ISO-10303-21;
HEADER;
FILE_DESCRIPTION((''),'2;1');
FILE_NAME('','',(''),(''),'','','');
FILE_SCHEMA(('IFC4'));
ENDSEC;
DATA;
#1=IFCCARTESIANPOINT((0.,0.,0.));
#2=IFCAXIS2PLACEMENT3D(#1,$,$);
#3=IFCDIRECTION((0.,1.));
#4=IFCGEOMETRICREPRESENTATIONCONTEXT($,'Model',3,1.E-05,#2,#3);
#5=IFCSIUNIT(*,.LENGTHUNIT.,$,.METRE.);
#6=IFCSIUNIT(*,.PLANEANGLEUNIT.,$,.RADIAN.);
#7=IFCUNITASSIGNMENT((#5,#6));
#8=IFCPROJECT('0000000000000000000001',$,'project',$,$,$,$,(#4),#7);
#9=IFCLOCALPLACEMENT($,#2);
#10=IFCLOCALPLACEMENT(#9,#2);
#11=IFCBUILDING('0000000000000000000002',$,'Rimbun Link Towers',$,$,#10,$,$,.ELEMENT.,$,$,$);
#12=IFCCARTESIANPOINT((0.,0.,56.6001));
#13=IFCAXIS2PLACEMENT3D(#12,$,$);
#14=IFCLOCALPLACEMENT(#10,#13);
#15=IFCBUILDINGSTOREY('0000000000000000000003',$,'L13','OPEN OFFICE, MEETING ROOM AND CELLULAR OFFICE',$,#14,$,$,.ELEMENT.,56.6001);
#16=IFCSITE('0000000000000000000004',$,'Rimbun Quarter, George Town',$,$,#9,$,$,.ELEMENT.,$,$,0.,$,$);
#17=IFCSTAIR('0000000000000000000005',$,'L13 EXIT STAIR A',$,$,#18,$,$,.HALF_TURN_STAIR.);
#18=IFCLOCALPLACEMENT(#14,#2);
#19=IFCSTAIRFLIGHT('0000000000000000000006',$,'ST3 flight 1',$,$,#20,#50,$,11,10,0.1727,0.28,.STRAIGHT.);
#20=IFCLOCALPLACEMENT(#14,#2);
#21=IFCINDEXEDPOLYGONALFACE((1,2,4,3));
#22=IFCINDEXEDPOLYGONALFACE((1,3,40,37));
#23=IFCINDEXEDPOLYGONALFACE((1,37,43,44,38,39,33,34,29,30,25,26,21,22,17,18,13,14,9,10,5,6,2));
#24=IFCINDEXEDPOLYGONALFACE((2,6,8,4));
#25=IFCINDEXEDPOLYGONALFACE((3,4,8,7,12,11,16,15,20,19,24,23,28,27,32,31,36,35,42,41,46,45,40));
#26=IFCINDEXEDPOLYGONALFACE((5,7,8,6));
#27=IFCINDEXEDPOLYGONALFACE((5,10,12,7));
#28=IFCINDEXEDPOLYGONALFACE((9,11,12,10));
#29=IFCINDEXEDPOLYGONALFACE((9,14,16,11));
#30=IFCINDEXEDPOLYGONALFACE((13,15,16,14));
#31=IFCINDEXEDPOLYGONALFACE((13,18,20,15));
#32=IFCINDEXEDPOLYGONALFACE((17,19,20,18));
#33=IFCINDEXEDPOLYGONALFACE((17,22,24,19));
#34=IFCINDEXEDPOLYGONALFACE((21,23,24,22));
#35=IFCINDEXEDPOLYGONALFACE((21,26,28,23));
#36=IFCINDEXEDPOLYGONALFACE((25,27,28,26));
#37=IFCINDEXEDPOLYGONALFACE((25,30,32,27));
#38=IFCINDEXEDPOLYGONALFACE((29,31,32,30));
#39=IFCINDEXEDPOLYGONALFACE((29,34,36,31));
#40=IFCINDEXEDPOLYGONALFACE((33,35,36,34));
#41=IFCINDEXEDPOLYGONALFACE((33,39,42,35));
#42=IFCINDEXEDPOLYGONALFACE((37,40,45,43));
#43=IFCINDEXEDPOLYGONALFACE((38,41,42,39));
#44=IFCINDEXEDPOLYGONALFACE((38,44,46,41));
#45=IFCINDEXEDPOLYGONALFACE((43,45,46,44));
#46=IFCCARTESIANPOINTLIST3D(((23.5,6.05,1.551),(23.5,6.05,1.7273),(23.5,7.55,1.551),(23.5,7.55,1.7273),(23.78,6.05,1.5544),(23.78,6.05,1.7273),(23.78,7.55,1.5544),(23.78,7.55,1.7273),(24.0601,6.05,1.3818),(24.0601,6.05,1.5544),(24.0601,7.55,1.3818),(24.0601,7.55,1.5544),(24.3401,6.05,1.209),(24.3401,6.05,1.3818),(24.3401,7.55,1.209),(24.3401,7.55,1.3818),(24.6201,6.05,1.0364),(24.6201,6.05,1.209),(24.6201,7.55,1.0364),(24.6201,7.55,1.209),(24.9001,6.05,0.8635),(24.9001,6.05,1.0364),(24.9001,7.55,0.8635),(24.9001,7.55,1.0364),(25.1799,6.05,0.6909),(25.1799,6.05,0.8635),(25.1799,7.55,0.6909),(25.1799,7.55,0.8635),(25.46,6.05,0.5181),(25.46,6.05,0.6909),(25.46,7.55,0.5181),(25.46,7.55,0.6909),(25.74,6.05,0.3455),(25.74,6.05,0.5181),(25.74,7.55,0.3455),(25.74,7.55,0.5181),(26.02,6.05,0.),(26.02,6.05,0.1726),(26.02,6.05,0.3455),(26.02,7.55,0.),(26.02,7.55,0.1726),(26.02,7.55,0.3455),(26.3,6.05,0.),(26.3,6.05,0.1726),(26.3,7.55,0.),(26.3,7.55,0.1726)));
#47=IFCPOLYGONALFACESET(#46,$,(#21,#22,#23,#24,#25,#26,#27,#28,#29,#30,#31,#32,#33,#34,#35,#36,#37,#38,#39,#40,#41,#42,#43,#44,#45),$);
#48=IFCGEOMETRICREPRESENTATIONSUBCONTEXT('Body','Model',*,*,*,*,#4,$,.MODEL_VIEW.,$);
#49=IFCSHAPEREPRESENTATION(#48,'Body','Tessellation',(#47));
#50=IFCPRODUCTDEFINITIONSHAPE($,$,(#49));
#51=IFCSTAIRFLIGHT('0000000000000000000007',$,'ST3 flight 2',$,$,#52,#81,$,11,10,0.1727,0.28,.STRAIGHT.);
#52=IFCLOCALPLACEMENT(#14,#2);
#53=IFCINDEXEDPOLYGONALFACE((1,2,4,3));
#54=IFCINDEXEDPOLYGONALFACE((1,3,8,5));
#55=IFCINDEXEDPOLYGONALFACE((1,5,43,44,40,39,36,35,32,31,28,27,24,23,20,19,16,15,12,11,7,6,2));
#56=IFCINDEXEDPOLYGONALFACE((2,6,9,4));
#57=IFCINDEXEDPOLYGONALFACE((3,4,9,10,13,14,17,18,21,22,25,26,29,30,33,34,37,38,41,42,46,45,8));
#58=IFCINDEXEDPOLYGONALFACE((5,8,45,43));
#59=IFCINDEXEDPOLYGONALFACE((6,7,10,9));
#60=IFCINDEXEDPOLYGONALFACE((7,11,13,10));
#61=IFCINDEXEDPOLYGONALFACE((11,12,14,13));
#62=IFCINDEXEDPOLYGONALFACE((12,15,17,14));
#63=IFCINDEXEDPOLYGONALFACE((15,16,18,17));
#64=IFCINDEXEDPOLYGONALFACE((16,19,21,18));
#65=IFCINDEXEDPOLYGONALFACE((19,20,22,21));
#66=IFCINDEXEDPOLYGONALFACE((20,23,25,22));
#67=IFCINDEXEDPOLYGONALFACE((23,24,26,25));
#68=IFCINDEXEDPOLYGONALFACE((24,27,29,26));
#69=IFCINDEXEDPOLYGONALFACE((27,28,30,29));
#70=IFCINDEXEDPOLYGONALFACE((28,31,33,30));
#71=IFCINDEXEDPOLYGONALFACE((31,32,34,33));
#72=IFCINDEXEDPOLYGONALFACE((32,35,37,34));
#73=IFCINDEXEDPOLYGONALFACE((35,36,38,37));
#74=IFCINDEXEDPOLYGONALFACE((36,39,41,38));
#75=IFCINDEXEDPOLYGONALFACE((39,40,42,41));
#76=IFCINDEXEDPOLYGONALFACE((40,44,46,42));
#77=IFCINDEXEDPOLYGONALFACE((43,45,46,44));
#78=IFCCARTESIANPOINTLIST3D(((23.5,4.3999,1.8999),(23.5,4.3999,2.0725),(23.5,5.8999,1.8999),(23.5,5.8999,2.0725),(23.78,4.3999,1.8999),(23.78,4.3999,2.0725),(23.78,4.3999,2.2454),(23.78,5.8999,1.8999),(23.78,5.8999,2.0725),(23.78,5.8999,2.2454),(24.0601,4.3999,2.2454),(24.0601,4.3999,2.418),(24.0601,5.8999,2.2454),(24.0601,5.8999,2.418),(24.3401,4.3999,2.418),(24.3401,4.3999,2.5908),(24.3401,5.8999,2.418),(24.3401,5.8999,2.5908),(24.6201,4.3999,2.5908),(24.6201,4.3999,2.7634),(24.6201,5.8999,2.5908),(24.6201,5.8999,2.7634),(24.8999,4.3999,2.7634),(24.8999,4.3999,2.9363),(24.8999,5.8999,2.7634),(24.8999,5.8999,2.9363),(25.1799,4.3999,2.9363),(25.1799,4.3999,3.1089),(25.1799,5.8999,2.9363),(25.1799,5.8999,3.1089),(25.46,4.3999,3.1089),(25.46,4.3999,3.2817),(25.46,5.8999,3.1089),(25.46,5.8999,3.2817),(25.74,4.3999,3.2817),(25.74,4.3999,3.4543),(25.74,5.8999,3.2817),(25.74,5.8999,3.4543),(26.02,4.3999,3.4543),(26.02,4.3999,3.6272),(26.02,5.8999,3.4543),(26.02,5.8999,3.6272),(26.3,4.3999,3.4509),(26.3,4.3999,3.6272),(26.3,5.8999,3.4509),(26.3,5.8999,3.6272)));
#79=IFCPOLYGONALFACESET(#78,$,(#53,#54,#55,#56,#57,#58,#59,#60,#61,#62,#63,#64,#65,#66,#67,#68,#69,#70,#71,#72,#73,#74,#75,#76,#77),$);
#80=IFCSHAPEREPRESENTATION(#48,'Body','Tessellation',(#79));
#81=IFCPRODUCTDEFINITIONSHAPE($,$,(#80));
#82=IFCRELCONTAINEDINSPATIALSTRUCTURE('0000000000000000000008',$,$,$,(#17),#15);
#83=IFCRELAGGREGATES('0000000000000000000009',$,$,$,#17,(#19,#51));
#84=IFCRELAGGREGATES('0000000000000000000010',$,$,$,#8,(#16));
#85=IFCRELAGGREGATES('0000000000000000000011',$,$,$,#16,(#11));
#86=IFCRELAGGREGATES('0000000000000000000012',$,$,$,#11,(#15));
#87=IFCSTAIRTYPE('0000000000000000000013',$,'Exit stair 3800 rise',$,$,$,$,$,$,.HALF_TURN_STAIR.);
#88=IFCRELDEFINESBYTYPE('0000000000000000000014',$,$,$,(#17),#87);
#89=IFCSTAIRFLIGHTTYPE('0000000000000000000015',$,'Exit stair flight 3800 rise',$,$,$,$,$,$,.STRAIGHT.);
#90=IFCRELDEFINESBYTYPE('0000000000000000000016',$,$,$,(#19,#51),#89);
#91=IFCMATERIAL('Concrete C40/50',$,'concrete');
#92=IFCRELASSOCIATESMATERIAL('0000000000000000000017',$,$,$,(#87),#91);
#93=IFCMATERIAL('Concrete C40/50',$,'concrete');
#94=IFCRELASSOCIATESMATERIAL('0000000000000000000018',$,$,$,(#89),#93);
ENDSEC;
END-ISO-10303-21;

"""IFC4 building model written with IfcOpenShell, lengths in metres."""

from ifc_helpers import new_model, si_unit, direction, frame, origin, place, context, subcontext, project, spatial, polyline, outline, extrude, material, type_object, element, aggregate, save


model = new_model("IFC4")

# Units and contexts
model_context = context("Model", 3, precision=1e-05, world=origin(), true_north=direction((0.0, 1.0)))
body_context = subcontext(model_context, "Body", "Model", "MODEL_VIEW")
ifc_project = project(units=[si_unit("LENGTHUNIT", "METRE"), si_unit("PLANEANGLEUNIT", "RADIAN")], contexts=[model_context])

# Site, building, storey
site_placement = place(None, origin())
site = spatial("IfcSite", under=ifc_project, at=site_placement, Name="Rimbun Quarter, George Town", CompositionType="ELEMENT", RefElevation=0.0)
building_placement = place(site_placement, origin())
building = spatial("IfcBuilding", under=site, at=building_placement, Name="Rimbun Link Towers", CompositionType="ELEMENT")
storey_placement = place(building_placement, frame((0.0, 0.0, 56.6001)))
storey = spatial("IfcBuildingStorey", under=building, at=storey_placement, Name="L13", Description="OPEN OFFICE, MEETING ROOM AND CELLULAR OFFICE", CompositionType="ELEMENT", Elevation=56.6001)

# Stair, stair flights
ifc_material_1 = material(Name="Concrete C40/50", Category="concrete")
stair_type = type_object("IfcStairType", Name="Exit stair 3800 rise", PredefinedType="HALF_TURN_STAIR", material=ifc_material_1)
stair_placement = place(storey_placement, origin())
stair = element("IfcStair", 1, at=stair_placement, inside=storey, type_object=stair_type, Name="L13 EXIT STAIR A", PredefinedType="HALF_TURN_STAIR")
ifc_material_2 = material(Name="Concrete C40/50", Category="concrete")
stair_flight_type = type_object("IfcStairFlightType", Name="Exit stair flight 3800 rise", PredefinedType="STRAIGHT", material=ifc_material_2)
stair_flight_1_placement = place(storey_placement, frame((26.3, 6.8, 0.0), z_axis=(0.0, 0.0, 1.0), x_axis=(-1.0, 0.0, 0.0)))
stair_flight_1 = element("IfcStairFlight", 2, at=stair_flight_1_placement, type_object=stair_flight_type, Name="ST3 flight 1", NumberOfRisers=11, NumberOfTreads=10, PredefinedType="STRAIGHT", RiserHeight=0.1727, TreadLength=0.28, context=body_context, shape_type="SweptSolid", body=[
    extrude(outline(polyline([(0.0, 0.0), (0.0, 0.1726), (0.28, 0.1726), (0.28, 0.3455), (0.5601, 0.3455), (0.5601, 0.5181), (0.8401, 0.5181), (0.8401, 0.6909), (1.1201, 0.6909), (1.1201, 0.8635), (1.3999, 0.8635), (1.3999, 1.0364), (1.6799, 1.0364), (1.6799, 1.209), (1.96, 1.209), (1.96, 1.3818), (2.24, 1.3818), (2.24, 1.5544), (2.52, 1.5544), (2.52, 1.7273), (2.8, 1.7273), (2.8, 1.8999), (2.8, 1.551), (0.28, 0.0), (0.0, 0.0)])), frame((0.0, 0.75, 0.0), z_axis=(0.0, -1.0, 0.0), x_axis=(1.0, 0.0, 0.0)), (0.0, 0.0, 1.0), 1.5),
])
stair_flight_2_placement = place(storey_placement, frame((23.5, 5.1499, 1.8999), z_axis=(0.0, 0.0, 1.0), x_axis=(1.0, 0.0, 0.0)))
stair_flight_2 = element("IfcStairFlight", 3, at=stair_flight_2_placement, type_object=stair_flight_type, Name="ST3 flight 2", NumberOfRisers=11, NumberOfTreads=10, PredefinedType="STRAIGHT", RiserHeight=0.1727, TreadLength=0.28, context=body_context, shape_type="SweptSolid", body=[
    extrude(outline(polyline([(0.0, 0.0), (0.0, 0.1726), (0.28, 0.1726), (0.28, 0.3455), (0.5601, 0.3455), (0.5601, 0.5181), (0.8401, 0.5181), (0.8401, 0.6909), (1.1201, 0.6909), (1.1201, 0.8635), (1.3999, 0.8635), (1.3999, 1.0364), (1.6799, 1.0364), (1.6799, 1.209), (1.96, 1.209), (1.96, 1.3818), (2.24, 1.3818), (2.24, 1.5544), (2.52, 1.5544), (2.52, 1.7273), (2.8, 1.7273), (2.8, 1.8999), (2.8, 1.551), (0.28, 0.0), (0.0, 0.0)])), frame((0.0, 0.75, 0.0), z_axis=(0.0, -1.0, 0.0), x_axis=(1.0, 0.0, 0.0)), (0.0, 0.0, 1.0), 1.5),
])
aggregate(stair, [stair_flight_1, stair_flight_2])

save(model, "model.ifc")
